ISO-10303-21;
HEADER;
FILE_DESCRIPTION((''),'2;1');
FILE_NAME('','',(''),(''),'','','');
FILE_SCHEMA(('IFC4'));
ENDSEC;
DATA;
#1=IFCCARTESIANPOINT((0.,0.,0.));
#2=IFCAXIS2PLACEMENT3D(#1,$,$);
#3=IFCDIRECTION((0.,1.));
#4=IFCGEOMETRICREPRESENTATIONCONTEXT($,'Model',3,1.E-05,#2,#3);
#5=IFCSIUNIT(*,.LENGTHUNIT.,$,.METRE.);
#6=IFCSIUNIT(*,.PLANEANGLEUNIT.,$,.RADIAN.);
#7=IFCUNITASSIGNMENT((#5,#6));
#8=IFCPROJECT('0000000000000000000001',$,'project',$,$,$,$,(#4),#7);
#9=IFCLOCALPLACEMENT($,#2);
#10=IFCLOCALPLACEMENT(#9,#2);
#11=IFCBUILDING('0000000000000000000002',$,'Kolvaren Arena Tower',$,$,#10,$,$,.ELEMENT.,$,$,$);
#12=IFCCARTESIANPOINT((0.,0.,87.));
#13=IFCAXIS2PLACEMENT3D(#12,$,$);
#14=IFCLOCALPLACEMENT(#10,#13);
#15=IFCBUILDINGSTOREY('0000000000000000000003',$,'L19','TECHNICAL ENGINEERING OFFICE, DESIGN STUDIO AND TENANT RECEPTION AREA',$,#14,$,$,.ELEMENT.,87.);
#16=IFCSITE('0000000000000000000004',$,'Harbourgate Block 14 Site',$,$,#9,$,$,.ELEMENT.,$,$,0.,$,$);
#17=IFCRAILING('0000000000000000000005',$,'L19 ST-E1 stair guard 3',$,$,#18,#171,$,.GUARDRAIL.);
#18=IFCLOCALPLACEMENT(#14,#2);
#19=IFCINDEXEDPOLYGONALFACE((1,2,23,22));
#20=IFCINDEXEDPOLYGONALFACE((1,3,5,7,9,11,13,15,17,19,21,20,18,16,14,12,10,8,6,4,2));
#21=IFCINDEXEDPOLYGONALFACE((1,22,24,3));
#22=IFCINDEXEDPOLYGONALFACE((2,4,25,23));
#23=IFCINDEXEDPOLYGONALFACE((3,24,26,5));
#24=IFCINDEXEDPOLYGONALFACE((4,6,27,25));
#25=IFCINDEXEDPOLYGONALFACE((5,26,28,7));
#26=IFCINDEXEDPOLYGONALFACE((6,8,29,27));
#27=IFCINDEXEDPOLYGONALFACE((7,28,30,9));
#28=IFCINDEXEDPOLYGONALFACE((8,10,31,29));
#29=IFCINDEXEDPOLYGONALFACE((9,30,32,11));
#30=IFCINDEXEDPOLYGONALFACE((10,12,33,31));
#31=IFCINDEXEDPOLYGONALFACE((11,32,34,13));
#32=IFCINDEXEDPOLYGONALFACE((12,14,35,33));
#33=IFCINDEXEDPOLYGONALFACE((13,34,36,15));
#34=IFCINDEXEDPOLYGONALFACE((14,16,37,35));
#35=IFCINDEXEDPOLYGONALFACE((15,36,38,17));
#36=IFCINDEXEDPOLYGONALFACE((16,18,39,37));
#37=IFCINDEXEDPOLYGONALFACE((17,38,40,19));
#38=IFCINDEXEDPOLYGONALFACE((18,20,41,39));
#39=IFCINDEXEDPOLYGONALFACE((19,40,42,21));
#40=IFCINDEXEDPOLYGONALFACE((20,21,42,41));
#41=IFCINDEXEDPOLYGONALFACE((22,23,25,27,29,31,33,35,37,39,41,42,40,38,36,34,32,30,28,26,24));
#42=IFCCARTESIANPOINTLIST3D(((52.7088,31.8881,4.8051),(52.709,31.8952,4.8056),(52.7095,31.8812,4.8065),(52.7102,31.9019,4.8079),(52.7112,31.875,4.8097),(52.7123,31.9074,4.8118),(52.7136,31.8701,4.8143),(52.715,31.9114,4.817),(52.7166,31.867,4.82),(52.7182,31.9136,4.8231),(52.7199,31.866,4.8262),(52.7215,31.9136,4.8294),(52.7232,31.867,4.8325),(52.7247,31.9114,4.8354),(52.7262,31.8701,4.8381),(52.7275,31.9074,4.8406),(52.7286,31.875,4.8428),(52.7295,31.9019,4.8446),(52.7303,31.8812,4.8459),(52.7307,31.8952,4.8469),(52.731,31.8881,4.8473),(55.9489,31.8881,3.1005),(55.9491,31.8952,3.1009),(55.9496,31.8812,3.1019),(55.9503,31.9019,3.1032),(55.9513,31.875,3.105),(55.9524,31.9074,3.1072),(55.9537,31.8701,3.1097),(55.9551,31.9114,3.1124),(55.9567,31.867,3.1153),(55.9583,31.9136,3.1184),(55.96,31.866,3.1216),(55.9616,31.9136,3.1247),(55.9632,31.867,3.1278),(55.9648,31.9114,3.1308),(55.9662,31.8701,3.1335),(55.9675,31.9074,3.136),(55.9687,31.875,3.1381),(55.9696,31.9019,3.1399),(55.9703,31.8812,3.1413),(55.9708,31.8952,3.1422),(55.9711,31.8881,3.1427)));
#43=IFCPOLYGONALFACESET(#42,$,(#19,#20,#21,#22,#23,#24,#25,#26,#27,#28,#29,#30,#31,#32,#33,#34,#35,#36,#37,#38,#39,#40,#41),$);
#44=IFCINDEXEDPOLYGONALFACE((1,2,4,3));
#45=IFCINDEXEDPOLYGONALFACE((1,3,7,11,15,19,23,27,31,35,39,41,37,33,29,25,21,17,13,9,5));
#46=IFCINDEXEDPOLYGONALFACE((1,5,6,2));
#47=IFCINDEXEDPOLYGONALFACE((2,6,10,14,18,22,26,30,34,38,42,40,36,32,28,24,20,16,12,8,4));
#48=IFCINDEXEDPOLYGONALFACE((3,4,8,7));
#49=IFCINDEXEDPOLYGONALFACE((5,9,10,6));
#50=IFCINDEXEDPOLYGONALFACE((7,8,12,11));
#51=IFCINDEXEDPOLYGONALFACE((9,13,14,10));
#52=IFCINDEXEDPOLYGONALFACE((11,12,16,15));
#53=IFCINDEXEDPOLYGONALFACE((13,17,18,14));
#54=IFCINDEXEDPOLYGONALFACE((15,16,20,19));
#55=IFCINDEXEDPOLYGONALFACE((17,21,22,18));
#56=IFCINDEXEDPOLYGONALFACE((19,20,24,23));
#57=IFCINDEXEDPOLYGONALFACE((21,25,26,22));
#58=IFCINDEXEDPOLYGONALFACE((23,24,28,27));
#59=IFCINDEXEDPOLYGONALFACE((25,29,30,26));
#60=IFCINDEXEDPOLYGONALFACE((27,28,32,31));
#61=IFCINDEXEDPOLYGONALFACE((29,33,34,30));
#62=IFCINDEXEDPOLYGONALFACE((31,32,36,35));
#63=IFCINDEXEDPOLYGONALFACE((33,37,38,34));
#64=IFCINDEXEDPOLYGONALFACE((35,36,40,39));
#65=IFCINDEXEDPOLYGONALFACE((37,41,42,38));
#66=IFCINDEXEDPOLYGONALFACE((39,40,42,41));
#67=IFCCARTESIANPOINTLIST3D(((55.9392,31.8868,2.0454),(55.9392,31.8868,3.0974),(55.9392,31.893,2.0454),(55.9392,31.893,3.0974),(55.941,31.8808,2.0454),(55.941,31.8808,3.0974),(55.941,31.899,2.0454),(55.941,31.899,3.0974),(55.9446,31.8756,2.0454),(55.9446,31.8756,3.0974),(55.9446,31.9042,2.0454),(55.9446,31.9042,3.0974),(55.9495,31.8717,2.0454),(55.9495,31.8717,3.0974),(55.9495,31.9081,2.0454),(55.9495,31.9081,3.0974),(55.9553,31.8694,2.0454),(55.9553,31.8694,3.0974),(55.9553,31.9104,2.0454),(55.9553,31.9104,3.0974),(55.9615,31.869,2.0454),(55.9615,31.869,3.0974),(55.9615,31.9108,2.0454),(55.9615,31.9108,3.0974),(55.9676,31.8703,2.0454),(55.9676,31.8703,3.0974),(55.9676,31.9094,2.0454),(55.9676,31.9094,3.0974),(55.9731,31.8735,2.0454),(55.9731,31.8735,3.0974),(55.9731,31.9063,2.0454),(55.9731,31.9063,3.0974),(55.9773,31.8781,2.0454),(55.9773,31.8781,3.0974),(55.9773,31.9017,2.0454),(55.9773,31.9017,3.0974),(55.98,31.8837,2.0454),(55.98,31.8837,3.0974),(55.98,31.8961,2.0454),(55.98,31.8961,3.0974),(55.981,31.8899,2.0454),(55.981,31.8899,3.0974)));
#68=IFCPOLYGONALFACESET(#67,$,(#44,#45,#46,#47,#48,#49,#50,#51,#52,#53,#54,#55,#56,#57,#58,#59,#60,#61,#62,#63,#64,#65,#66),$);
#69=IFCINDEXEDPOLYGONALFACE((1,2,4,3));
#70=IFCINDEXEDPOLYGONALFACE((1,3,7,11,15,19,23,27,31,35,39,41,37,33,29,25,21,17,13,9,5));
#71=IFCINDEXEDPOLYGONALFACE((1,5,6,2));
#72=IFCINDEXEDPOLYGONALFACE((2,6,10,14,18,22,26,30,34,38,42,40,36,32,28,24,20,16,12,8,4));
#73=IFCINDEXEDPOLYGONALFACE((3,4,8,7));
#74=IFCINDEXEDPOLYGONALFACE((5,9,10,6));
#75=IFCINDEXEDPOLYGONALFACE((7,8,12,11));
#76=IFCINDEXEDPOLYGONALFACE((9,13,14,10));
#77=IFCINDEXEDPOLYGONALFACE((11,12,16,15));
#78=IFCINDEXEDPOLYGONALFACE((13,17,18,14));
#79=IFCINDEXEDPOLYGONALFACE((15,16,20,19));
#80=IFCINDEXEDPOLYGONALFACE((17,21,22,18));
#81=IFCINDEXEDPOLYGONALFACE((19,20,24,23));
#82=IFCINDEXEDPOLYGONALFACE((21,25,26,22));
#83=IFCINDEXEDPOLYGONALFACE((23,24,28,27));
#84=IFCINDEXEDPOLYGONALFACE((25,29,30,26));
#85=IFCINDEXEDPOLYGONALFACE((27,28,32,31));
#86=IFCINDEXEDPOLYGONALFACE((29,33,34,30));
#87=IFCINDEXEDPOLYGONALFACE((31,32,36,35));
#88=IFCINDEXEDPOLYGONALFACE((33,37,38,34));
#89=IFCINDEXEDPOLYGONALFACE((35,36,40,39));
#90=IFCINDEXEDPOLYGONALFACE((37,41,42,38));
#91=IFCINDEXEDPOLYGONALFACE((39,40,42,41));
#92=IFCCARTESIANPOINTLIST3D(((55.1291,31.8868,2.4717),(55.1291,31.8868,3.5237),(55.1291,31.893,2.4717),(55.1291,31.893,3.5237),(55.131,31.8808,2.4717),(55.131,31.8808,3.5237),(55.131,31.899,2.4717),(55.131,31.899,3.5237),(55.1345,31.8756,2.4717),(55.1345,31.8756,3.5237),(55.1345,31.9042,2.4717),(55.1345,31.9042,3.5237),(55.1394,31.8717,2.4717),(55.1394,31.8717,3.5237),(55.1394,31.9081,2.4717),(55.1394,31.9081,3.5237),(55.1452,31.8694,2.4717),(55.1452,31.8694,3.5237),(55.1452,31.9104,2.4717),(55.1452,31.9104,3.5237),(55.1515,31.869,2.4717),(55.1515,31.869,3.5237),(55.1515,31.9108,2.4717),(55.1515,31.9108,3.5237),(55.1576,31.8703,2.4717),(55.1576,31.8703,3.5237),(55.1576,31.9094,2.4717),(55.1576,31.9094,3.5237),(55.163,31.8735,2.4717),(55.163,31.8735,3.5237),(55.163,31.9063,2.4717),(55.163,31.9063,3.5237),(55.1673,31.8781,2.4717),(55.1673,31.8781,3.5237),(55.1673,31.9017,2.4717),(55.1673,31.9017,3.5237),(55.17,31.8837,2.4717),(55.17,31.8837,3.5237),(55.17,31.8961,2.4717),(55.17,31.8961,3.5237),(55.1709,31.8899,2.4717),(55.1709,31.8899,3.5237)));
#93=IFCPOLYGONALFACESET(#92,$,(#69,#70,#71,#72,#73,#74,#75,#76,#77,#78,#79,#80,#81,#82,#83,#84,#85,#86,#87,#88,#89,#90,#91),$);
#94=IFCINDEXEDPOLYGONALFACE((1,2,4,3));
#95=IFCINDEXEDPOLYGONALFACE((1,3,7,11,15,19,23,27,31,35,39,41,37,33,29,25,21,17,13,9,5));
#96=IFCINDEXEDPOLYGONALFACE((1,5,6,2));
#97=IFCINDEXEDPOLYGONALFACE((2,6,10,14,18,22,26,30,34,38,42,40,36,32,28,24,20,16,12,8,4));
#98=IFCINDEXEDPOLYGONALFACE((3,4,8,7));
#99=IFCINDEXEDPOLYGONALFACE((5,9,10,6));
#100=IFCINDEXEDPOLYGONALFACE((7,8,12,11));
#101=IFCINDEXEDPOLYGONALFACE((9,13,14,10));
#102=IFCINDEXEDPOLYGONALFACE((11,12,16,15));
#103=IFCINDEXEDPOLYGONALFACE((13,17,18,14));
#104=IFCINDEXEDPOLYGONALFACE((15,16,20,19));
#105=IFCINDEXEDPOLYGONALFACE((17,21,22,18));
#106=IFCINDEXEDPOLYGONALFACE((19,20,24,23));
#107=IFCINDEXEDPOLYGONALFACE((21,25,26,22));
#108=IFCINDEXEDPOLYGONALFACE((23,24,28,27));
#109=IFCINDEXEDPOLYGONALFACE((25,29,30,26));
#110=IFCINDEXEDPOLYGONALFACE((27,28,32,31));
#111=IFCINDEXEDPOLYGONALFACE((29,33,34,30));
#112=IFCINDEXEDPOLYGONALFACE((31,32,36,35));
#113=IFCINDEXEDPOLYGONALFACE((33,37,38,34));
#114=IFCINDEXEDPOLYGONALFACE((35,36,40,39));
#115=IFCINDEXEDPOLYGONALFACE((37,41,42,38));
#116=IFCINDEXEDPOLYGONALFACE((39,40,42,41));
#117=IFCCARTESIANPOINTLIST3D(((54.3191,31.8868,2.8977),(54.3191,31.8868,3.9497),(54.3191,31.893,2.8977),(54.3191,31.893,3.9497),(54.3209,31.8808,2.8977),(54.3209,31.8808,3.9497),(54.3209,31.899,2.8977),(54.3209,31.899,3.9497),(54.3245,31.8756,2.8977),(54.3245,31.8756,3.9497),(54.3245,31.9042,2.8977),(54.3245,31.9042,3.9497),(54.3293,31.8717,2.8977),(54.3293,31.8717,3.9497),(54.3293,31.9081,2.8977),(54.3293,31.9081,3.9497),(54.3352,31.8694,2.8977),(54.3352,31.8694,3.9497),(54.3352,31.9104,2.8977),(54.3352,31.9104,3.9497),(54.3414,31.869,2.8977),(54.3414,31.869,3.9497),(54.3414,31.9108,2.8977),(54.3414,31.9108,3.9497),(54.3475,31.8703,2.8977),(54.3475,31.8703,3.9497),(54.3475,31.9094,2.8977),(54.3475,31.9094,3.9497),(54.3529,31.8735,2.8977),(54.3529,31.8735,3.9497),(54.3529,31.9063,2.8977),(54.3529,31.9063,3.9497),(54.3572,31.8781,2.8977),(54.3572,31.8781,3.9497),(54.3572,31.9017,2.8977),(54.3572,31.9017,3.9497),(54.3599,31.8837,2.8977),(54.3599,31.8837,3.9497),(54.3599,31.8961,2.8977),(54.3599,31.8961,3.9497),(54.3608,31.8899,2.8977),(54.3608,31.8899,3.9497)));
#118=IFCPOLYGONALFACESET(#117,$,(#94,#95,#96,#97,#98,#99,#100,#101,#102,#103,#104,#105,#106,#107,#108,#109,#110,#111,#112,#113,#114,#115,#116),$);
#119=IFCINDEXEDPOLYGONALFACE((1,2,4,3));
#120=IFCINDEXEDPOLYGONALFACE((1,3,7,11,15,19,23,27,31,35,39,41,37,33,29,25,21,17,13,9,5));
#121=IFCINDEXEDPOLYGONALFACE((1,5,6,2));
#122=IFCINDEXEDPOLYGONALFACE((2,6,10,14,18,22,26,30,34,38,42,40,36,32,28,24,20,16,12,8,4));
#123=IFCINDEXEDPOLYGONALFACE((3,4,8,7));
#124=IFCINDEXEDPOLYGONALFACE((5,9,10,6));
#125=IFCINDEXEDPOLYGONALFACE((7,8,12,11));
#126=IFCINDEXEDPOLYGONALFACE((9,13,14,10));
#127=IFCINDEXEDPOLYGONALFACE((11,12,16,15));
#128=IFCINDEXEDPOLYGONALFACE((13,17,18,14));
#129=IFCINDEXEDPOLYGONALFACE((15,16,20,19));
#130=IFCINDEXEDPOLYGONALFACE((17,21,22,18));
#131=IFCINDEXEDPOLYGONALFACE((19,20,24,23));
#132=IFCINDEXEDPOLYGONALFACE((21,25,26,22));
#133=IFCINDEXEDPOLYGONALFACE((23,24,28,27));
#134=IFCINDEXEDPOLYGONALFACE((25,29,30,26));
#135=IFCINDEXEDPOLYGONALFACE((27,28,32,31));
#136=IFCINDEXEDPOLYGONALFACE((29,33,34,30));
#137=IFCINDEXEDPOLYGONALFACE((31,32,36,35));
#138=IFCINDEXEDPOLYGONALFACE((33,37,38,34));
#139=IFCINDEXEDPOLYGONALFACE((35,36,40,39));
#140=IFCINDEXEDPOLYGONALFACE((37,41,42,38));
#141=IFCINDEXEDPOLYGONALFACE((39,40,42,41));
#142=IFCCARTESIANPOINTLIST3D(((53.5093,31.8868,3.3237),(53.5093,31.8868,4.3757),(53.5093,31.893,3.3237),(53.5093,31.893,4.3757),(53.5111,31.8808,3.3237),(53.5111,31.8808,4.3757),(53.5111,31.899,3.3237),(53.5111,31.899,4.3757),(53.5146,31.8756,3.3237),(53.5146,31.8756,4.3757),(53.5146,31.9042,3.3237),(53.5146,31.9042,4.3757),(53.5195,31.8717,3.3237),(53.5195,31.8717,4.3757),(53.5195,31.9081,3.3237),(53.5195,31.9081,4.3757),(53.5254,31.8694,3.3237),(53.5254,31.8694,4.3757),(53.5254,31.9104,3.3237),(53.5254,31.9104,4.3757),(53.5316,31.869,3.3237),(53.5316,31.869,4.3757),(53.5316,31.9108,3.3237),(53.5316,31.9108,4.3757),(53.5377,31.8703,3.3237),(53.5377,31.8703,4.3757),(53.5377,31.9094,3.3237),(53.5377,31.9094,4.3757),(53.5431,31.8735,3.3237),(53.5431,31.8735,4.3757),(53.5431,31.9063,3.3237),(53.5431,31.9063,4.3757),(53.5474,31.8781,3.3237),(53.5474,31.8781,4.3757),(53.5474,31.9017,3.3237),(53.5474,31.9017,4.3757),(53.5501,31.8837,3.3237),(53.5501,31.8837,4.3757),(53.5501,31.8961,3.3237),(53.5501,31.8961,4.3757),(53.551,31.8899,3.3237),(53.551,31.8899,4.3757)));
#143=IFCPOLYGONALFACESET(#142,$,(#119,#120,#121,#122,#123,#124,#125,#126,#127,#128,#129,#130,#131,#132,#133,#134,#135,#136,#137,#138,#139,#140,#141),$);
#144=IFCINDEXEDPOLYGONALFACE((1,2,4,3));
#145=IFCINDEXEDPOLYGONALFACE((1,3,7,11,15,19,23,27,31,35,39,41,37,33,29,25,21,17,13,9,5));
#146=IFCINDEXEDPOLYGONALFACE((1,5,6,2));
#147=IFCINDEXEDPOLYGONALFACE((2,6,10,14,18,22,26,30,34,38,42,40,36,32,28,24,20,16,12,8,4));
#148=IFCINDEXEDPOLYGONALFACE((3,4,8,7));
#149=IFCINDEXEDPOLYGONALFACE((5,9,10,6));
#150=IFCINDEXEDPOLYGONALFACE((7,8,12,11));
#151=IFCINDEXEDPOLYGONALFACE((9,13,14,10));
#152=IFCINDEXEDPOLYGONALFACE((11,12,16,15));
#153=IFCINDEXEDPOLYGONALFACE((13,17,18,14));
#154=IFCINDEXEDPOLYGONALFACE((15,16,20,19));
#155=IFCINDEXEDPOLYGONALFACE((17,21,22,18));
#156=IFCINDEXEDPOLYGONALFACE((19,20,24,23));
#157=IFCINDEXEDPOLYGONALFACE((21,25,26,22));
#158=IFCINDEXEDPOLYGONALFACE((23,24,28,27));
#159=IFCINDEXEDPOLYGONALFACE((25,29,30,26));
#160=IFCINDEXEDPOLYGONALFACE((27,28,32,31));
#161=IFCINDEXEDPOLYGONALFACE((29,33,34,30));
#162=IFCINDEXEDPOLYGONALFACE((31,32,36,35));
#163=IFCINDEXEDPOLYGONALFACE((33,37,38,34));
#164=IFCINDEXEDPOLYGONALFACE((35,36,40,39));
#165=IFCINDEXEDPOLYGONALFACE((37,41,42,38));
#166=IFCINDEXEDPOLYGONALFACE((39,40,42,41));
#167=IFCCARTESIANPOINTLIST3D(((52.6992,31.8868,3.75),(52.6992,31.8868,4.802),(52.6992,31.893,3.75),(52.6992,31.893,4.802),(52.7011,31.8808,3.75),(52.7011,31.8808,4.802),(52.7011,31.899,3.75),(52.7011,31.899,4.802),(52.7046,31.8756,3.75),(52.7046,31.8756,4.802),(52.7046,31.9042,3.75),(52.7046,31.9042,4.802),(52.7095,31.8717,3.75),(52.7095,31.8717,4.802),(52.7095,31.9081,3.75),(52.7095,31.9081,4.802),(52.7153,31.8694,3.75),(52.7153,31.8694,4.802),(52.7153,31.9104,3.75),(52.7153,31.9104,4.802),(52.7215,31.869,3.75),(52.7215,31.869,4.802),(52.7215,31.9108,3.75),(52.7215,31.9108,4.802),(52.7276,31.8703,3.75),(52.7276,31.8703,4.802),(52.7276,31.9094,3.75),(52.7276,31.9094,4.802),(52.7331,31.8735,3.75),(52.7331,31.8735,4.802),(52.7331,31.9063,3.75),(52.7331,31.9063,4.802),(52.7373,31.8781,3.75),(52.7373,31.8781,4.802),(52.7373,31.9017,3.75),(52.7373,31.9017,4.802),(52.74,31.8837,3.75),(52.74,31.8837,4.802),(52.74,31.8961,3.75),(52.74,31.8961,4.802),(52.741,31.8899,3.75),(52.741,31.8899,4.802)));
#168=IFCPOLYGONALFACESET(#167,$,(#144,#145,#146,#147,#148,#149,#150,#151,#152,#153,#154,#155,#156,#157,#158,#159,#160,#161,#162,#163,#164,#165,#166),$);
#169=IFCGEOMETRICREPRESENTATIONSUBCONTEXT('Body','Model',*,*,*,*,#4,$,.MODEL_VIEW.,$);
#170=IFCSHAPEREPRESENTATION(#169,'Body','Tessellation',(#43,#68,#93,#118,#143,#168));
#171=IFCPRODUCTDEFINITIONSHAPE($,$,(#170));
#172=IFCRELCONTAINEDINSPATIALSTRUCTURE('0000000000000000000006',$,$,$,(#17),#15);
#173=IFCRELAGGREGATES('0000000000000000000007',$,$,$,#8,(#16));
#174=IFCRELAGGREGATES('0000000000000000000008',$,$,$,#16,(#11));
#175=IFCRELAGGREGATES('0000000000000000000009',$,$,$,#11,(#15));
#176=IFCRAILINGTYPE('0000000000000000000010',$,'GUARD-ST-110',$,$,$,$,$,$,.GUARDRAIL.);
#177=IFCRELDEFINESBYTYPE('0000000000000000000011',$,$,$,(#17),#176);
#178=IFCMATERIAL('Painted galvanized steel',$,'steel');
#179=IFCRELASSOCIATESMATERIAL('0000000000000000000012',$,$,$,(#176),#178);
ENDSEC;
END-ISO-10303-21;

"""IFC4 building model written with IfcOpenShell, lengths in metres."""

from ifc_helpers import new_model, si_unit, direction, frame, origin, origin_2d, place, context, subcontext, project, spatial, circle, extrude, material, type_object, element, save


model = new_model("IFC4")

# Units and contexts
model_context = context("Model", 3, precision=1e-05, world=origin(), true_north=direction((0.0, 1.0)))
body_context = subcontext(model_context, "Body", "Model", "MODEL_VIEW")
ifc_project = project(units=[si_unit("LENGTHUNIT", "METRE"), si_unit("PLANEANGLEUNIT", "RADIAN")], contexts=[model_context])

# Site, building, storey
site_placement = place(None, origin())
site = spatial("IfcSite", under=ifc_project, at=site_placement, Name="Harbourgate Block 14 Site", CompositionType="ELEMENT", RefElevation=0.0)
building_placement = place(site_placement, origin())
building = spatial("IfcBuilding", under=site, at=building_placement, Name="Kolvaren Arena Tower", CompositionType="ELEMENT")
storey_placement = place(building_placement, frame((0.0, 0.0, 87.0)))
storey = spatial("IfcBuildingStorey", under=building, at=storey_placement, Name="L19", Description="TECHNICAL ENGINEERING OFFICE, DESIGN STUDIO AND TENANT RECEPTION AREA", CompositionType="ELEMENT", Elevation=87.0)

# Railing
ifc_material_1 = material(Name="Painted galvanized steel", Category="steel")
railing_type_1 = type_object("IfcRailingType", Name="GUARD-ST-110", PredefinedType="GUARDRAIL", material=ifc_material_1)
railing_1_placement = place(storey_placement, frame((55.96, 31.8899, 2.0454)))
element("IfcRailing", 1, at=railing_1_placement, inside=storey, type_object=railing_type_1, Name="L19 ST-E1 stair guard 3", PredefinedType="GUARDRAIL", context=body_context, shape_type="SweptSolid", body=[
    extrude(circle(Radius=0.0239, at=origin_2d()), frame((0.0, 0.0, 1.0762), z_axis=(-0.884993, 0.0, 0.465604), x_axis=(0.0, -1.0, 0.0)), (0.0, 0.0, 1.0), 3.6611),
    extrude(circle(Radius=0.021, at=origin_2d()), origin(), (0.0, 0.0, 1.0), 1.052),
    extrude(circle(Radius=0.021, at=origin_2d()), frame((-0.8101, 0.0, 0.4263)), (0.0, 0.0, 1.0), 1.052),
    extrude(circle(Radius=0.021, at=origin_2d()), frame((-1.6201, 0.0, 0.8523)), (0.0, 0.0, 1.0), 1.052),
    extrude(circle(Radius=0.021, at=origin_2d()), frame((-2.4299, 0.0, 1.2783)), (0.0, 0.0, 1.0), 1.052),
    extrude(circle(Radius=0.021, at=origin_2d()), frame((-3.24, 0.0, 1.7046)), (0.0, 0.0, 1.0), 1.052),
])

save(model, "model.ifc")
